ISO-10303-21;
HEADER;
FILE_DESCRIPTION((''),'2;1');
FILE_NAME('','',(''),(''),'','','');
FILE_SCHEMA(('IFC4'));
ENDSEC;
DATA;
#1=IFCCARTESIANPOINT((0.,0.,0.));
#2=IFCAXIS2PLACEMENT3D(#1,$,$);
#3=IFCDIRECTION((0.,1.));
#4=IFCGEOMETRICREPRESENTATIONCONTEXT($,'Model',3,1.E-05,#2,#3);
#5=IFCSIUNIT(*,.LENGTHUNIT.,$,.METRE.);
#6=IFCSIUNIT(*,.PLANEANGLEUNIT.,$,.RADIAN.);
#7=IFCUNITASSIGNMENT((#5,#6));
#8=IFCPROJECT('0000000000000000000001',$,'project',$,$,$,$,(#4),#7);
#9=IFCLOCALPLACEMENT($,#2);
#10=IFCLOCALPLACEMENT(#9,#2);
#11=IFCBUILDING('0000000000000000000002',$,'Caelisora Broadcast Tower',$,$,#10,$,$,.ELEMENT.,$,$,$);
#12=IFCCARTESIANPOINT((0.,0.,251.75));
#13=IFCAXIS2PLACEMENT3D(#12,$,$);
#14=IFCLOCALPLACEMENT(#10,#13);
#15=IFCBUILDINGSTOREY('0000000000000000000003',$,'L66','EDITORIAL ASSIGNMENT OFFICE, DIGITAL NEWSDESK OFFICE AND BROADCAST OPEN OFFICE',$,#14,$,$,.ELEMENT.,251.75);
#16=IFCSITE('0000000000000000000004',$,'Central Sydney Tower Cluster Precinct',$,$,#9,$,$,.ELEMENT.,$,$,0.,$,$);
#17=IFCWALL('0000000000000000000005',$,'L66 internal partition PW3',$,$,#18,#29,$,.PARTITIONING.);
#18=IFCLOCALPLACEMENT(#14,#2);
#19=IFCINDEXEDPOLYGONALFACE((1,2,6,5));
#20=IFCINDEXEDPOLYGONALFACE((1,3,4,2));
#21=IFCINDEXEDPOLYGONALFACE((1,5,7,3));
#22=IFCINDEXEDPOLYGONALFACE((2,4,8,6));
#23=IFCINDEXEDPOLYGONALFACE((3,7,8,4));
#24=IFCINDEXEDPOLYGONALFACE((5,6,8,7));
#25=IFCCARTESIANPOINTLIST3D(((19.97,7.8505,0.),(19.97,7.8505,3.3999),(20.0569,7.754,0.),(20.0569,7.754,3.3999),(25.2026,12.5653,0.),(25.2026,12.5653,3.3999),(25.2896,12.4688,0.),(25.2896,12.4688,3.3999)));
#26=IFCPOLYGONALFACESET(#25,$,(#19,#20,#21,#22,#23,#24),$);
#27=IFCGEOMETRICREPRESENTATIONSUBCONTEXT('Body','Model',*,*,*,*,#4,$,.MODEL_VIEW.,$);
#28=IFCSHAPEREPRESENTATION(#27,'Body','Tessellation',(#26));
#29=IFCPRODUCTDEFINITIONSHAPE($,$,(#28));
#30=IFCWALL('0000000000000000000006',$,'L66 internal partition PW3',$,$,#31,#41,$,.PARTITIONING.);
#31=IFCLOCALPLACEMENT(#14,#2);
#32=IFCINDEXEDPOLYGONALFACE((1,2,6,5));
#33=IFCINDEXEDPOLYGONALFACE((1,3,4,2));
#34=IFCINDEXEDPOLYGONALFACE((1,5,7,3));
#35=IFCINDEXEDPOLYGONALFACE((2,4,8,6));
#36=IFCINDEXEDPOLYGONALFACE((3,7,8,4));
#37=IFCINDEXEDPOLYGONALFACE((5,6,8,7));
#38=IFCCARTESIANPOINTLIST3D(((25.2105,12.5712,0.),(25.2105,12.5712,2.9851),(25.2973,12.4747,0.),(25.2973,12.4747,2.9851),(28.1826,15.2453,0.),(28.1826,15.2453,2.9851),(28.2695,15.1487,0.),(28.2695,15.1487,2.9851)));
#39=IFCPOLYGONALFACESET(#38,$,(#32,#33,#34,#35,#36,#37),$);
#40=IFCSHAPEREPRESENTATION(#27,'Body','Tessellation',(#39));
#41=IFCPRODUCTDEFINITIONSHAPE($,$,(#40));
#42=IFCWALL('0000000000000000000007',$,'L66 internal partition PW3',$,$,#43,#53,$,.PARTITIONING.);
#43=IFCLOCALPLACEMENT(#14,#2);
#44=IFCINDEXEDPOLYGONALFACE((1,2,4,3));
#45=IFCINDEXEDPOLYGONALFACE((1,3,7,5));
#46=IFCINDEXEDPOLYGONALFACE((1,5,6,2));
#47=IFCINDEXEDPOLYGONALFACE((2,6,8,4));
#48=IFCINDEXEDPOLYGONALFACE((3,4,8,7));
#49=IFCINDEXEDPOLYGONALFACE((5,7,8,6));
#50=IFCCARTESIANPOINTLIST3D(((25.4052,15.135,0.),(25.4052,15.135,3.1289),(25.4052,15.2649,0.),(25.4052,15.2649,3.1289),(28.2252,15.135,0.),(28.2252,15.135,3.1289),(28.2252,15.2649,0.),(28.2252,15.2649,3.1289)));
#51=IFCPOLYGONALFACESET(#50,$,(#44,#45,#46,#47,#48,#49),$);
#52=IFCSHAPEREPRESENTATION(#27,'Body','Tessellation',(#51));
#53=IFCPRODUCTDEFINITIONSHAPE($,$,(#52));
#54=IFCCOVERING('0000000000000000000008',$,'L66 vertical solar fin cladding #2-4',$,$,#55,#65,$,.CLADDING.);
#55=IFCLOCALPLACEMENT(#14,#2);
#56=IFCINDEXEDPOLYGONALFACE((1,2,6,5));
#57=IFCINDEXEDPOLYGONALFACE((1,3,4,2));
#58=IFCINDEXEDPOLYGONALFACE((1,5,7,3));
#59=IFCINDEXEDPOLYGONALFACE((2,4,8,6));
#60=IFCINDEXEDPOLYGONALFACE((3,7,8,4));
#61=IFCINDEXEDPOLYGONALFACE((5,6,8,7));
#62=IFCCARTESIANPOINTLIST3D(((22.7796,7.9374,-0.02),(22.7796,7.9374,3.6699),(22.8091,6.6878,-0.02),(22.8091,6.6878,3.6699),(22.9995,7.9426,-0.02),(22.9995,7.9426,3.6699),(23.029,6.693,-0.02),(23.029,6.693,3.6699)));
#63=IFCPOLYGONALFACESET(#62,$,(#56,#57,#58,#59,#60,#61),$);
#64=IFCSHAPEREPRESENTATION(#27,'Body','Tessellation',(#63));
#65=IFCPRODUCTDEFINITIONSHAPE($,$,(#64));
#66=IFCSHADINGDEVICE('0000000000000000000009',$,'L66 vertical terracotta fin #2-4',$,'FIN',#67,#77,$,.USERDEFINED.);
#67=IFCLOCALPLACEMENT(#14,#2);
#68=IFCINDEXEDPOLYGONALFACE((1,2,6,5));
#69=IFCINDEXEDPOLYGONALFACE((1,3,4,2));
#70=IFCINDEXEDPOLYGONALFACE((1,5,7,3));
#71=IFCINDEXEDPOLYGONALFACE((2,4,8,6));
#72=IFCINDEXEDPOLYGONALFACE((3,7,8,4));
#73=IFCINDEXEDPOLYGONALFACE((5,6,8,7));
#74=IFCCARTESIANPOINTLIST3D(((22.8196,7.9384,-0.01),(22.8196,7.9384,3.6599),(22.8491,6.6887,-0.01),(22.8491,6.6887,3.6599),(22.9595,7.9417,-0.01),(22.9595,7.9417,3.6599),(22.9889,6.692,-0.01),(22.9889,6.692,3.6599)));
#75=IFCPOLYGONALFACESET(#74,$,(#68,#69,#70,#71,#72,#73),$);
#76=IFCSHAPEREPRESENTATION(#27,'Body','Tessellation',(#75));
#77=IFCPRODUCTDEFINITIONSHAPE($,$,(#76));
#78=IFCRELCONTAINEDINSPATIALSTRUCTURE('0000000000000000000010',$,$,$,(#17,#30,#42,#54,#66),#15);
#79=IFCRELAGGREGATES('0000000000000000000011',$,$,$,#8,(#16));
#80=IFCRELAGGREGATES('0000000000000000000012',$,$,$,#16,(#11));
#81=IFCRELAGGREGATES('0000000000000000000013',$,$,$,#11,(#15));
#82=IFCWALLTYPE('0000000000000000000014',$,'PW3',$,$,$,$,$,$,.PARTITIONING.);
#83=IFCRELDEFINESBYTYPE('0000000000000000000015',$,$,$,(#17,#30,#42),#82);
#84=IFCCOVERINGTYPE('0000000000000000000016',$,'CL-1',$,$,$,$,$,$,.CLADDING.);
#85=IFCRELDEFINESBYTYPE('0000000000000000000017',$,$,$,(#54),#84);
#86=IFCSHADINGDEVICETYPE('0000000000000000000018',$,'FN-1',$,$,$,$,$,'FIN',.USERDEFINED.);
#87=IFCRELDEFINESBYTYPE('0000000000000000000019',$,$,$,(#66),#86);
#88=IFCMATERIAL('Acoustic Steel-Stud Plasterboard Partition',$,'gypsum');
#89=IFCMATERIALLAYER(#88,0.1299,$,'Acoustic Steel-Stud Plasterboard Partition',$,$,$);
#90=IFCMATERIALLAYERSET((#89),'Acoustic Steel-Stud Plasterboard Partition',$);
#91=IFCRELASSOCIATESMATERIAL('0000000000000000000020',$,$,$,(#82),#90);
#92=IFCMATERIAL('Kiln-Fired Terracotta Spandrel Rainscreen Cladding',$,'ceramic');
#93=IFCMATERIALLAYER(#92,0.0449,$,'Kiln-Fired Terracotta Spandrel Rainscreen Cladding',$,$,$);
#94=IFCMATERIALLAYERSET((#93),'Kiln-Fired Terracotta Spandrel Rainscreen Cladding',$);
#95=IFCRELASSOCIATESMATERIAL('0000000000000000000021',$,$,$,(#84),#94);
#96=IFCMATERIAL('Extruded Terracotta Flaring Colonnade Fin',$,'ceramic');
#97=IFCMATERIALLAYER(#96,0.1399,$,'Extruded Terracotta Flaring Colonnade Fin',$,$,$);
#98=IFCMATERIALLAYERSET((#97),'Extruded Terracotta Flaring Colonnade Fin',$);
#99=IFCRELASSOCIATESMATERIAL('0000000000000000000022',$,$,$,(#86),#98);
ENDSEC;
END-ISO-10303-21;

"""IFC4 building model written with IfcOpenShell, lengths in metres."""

from ifc_helpers import new_model, si_unit, direction, frame, frame_2d, origin, origin_2d, place, context, subcontext, project, spatial, rectangle, extrude, source, transform, mapped, material, layer, layer_set, type_object, type_shapes, element, save


model = new_model("IFC4")

# Units and contexts
model_context = context("Model", 3, precision=1e-05, world=origin(), true_north=direction((0.0, 1.0)))
body_context = subcontext(model_context, "Body", "Model", "MODEL_VIEW")
ifc_project = project(units=[si_unit("LENGTHUNIT", "METRE"), si_unit("PLANEANGLEUNIT", "RADIAN")], contexts=[model_context])

# Site, building, storey
site_placement = place(None, origin())
site = spatial("IfcSite", under=ifc_project, at=site_placement, Name="Central Sydney Tower Cluster Precinct", CompositionType="ELEMENT", RefElevation=0.0)
building_placement = place(site_placement, origin())
building = spatial("IfcBuilding", under=site, at=building_placement, Name="Caelisora Broadcast Tower", CompositionType="ELEMENT")
storey_placement = place(building_placement, frame((0.0, 0.0, 251.75)))
storey = spatial("IfcBuildingStorey", under=building, at=storey_placement, Name="L66", Description="EDITORIAL ASSIGNMENT OFFICE, DIGITAL NEWSDESK OFFICE AND BROADCAST OPEN OFFICE", CompositionType="ELEMENT", Elevation=251.75)

# Shared definitions
ifc_material_1 = material(Name="Acoustic Steel-Stud Plasterboard Partition", Category="gypsum")
ifc_layer_1 = layer(ifc_material_1, 0.1299, Name="Acoustic Steel-Stud Plasterboard Partition")
ifc_layer_set_1 = layer_set([ifc_layer_1], Name="Acoustic Steel-Stud Plasterboard Partition")
wall_type = type_object("IfcWallType", Name="PW3", PredefinedType="PARTITIONING", material=ifc_layer_set_1)

# Walls
wall_1_placement = place(storey_placement, frame((20.0134, 7.8022, 0.0), z_axis=(0.0, 0.0, 1.0), x_axis=(0.74291, 0.669392, 0.0)))
element("IfcWall", 1, at=wall_1_placement, inside=storey, type_object=wall_type, Name="L66 internal partition PW3", PredefinedType="PARTITIONING", context=body_context, shape_type="SweptSolid", body=[
    extrude(rectangle(XDim=7.0435, YDim=0.1299, at=frame_2d((3.5217, 0.0))), origin(), (0.0, 0.0, 1.0), 3.3999),
])
wall_2_placement = place(storey_placement, frame((25.2539, 12.5229, 0.0), z_axis=(0.0, 0.0, 1.0), x_axis=(0.743403, 0.668843, 0.0)))
element("IfcWall", 2, at=wall_2_placement, inside=storey, type_object=wall_type, Name="L66 internal partition PW3", PredefinedType="PARTITIONING", context=body_context, shape_type="SweptSolid", body=[
    extrude(rectangle(XDim=3.998, YDim=0.1299, at=frame_2d((1.999, 0.0))), origin(), (0.0, 0.0, 1.0), 2.9851),
])

# Wall
wall_3_placement = place(storey_placement, frame((25.405, 15.2, 0.0), z_axis=(0.0, 0.0, 1.0), x_axis=(1.0, 0.0, 0.0)))
element("IfcWall", 3, at=wall_3_placement, inside=storey, type_object=wall_type, Name="L66 internal partition PW3", PredefinedType="PARTITIONING", context=body_context, shape_type="SweptSolid", body=[
    extrude(rectangle(XDim=2.8201, YDim=0.1299, at=frame_2d((1.4102, 0.0))), origin(), (0.0, 0.0, 1.0), 3.1289),
])

# Covering
ifc_material_2 = material(Name="Kiln-Fired Terracotta Spandrel Rainscreen Cladding", Category="ceramic")
ifc_layer_2 = layer(ifc_material_2, 0.0449, Name="Kiln-Fired Terracotta Spandrel Rainscreen Cladding")
ifc_layer_set_2 = layer_set([ifc_layer_2], Name="Kiln-Fired Terracotta Spandrel Rainscreen Cladding")
covering_type = type_object("IfcCoveringType", Name="CL-1", PredefinedType="CLADDING", material=ifc_layer_set_2)
shared_shape_1 = source(origin(), body_context, "Body", "SweptSolid", [
    extrude(rectangle(XDim=0.22, YDim=1.25, at=origin_2d()), origin(), (0.0, 0.0, 1.0), 3.6899),
])
type_shapes(covering_type, [shared_shape_1])
covering_placement = place(storey_placement, frame((22.9043, 7.3152, -0.02), z_axis=(0.0, 0.0, 1.0), x_axis=(-0.999722, -0.02356, 0.0)))
element("IfcCovering", 4, at=covering_placement, inside=storey, type_object=covering_type, Name="L66 vertical solar fin cladding #2-4", PredefinedType="CLADDING", context=body_context, shape_type="MappedRepresentation", body=[
    mapped(shared_shape_1, transform((0.0, 0.0, 0.0), scale=1.0)),
])

# Shading device
ifc_material_3 = material(Name="Extruded Terracotta Flaring Colonnade Fin", Category="ceramic")
ifc_layer_3 = layer(ifc_material_3, 0.1399, Name="Extruded Terracotta Flaring Colonnade Fin")
ifc_layer_set_3 = layer_set([ifc_layer_3], Name="Extruded Terracotta Flaring Colonnade Fin")
shading_device_type = type_object("IfcShadingDeviceType", Name="FN-1", ElementType="FIN", PredefinedType="USERDEFINED", material=ifc_layer_set_3)
shared_shape_2 = source(origin(), body_context, "Body", "SweptSolid", [
    extrude(rectangle(XDim=0.1399, YDim=1.25, at=origin_2d()), origin(), (0.0, 0.0, 1.0), 3.6699),
])
type_shapes(shading_device_type, [shared_shape_2])
shading_device_placement = place(storey_placement, frame((22.9043, 7.3152, -0.01), z_axis=(0.0, 0.0, 1.0), x_axis=(-0.999722, -0.02356, 0.0)))
element("IfcShadingDevice", 5, at=shading_device_placement, inside=storey, type_object=shading_device_type, Name="L66 vertical terracotta fin #2-4", ObjectType="FIN", PredefinedType="USERDEFINED", context=body_context, shape_type="MappedRepresentation", body=[
    mapped(shared_shape_2, transform((0.0, 0.0, 0.0), scale=1.0)),
])

save(model, "model.ifc")
